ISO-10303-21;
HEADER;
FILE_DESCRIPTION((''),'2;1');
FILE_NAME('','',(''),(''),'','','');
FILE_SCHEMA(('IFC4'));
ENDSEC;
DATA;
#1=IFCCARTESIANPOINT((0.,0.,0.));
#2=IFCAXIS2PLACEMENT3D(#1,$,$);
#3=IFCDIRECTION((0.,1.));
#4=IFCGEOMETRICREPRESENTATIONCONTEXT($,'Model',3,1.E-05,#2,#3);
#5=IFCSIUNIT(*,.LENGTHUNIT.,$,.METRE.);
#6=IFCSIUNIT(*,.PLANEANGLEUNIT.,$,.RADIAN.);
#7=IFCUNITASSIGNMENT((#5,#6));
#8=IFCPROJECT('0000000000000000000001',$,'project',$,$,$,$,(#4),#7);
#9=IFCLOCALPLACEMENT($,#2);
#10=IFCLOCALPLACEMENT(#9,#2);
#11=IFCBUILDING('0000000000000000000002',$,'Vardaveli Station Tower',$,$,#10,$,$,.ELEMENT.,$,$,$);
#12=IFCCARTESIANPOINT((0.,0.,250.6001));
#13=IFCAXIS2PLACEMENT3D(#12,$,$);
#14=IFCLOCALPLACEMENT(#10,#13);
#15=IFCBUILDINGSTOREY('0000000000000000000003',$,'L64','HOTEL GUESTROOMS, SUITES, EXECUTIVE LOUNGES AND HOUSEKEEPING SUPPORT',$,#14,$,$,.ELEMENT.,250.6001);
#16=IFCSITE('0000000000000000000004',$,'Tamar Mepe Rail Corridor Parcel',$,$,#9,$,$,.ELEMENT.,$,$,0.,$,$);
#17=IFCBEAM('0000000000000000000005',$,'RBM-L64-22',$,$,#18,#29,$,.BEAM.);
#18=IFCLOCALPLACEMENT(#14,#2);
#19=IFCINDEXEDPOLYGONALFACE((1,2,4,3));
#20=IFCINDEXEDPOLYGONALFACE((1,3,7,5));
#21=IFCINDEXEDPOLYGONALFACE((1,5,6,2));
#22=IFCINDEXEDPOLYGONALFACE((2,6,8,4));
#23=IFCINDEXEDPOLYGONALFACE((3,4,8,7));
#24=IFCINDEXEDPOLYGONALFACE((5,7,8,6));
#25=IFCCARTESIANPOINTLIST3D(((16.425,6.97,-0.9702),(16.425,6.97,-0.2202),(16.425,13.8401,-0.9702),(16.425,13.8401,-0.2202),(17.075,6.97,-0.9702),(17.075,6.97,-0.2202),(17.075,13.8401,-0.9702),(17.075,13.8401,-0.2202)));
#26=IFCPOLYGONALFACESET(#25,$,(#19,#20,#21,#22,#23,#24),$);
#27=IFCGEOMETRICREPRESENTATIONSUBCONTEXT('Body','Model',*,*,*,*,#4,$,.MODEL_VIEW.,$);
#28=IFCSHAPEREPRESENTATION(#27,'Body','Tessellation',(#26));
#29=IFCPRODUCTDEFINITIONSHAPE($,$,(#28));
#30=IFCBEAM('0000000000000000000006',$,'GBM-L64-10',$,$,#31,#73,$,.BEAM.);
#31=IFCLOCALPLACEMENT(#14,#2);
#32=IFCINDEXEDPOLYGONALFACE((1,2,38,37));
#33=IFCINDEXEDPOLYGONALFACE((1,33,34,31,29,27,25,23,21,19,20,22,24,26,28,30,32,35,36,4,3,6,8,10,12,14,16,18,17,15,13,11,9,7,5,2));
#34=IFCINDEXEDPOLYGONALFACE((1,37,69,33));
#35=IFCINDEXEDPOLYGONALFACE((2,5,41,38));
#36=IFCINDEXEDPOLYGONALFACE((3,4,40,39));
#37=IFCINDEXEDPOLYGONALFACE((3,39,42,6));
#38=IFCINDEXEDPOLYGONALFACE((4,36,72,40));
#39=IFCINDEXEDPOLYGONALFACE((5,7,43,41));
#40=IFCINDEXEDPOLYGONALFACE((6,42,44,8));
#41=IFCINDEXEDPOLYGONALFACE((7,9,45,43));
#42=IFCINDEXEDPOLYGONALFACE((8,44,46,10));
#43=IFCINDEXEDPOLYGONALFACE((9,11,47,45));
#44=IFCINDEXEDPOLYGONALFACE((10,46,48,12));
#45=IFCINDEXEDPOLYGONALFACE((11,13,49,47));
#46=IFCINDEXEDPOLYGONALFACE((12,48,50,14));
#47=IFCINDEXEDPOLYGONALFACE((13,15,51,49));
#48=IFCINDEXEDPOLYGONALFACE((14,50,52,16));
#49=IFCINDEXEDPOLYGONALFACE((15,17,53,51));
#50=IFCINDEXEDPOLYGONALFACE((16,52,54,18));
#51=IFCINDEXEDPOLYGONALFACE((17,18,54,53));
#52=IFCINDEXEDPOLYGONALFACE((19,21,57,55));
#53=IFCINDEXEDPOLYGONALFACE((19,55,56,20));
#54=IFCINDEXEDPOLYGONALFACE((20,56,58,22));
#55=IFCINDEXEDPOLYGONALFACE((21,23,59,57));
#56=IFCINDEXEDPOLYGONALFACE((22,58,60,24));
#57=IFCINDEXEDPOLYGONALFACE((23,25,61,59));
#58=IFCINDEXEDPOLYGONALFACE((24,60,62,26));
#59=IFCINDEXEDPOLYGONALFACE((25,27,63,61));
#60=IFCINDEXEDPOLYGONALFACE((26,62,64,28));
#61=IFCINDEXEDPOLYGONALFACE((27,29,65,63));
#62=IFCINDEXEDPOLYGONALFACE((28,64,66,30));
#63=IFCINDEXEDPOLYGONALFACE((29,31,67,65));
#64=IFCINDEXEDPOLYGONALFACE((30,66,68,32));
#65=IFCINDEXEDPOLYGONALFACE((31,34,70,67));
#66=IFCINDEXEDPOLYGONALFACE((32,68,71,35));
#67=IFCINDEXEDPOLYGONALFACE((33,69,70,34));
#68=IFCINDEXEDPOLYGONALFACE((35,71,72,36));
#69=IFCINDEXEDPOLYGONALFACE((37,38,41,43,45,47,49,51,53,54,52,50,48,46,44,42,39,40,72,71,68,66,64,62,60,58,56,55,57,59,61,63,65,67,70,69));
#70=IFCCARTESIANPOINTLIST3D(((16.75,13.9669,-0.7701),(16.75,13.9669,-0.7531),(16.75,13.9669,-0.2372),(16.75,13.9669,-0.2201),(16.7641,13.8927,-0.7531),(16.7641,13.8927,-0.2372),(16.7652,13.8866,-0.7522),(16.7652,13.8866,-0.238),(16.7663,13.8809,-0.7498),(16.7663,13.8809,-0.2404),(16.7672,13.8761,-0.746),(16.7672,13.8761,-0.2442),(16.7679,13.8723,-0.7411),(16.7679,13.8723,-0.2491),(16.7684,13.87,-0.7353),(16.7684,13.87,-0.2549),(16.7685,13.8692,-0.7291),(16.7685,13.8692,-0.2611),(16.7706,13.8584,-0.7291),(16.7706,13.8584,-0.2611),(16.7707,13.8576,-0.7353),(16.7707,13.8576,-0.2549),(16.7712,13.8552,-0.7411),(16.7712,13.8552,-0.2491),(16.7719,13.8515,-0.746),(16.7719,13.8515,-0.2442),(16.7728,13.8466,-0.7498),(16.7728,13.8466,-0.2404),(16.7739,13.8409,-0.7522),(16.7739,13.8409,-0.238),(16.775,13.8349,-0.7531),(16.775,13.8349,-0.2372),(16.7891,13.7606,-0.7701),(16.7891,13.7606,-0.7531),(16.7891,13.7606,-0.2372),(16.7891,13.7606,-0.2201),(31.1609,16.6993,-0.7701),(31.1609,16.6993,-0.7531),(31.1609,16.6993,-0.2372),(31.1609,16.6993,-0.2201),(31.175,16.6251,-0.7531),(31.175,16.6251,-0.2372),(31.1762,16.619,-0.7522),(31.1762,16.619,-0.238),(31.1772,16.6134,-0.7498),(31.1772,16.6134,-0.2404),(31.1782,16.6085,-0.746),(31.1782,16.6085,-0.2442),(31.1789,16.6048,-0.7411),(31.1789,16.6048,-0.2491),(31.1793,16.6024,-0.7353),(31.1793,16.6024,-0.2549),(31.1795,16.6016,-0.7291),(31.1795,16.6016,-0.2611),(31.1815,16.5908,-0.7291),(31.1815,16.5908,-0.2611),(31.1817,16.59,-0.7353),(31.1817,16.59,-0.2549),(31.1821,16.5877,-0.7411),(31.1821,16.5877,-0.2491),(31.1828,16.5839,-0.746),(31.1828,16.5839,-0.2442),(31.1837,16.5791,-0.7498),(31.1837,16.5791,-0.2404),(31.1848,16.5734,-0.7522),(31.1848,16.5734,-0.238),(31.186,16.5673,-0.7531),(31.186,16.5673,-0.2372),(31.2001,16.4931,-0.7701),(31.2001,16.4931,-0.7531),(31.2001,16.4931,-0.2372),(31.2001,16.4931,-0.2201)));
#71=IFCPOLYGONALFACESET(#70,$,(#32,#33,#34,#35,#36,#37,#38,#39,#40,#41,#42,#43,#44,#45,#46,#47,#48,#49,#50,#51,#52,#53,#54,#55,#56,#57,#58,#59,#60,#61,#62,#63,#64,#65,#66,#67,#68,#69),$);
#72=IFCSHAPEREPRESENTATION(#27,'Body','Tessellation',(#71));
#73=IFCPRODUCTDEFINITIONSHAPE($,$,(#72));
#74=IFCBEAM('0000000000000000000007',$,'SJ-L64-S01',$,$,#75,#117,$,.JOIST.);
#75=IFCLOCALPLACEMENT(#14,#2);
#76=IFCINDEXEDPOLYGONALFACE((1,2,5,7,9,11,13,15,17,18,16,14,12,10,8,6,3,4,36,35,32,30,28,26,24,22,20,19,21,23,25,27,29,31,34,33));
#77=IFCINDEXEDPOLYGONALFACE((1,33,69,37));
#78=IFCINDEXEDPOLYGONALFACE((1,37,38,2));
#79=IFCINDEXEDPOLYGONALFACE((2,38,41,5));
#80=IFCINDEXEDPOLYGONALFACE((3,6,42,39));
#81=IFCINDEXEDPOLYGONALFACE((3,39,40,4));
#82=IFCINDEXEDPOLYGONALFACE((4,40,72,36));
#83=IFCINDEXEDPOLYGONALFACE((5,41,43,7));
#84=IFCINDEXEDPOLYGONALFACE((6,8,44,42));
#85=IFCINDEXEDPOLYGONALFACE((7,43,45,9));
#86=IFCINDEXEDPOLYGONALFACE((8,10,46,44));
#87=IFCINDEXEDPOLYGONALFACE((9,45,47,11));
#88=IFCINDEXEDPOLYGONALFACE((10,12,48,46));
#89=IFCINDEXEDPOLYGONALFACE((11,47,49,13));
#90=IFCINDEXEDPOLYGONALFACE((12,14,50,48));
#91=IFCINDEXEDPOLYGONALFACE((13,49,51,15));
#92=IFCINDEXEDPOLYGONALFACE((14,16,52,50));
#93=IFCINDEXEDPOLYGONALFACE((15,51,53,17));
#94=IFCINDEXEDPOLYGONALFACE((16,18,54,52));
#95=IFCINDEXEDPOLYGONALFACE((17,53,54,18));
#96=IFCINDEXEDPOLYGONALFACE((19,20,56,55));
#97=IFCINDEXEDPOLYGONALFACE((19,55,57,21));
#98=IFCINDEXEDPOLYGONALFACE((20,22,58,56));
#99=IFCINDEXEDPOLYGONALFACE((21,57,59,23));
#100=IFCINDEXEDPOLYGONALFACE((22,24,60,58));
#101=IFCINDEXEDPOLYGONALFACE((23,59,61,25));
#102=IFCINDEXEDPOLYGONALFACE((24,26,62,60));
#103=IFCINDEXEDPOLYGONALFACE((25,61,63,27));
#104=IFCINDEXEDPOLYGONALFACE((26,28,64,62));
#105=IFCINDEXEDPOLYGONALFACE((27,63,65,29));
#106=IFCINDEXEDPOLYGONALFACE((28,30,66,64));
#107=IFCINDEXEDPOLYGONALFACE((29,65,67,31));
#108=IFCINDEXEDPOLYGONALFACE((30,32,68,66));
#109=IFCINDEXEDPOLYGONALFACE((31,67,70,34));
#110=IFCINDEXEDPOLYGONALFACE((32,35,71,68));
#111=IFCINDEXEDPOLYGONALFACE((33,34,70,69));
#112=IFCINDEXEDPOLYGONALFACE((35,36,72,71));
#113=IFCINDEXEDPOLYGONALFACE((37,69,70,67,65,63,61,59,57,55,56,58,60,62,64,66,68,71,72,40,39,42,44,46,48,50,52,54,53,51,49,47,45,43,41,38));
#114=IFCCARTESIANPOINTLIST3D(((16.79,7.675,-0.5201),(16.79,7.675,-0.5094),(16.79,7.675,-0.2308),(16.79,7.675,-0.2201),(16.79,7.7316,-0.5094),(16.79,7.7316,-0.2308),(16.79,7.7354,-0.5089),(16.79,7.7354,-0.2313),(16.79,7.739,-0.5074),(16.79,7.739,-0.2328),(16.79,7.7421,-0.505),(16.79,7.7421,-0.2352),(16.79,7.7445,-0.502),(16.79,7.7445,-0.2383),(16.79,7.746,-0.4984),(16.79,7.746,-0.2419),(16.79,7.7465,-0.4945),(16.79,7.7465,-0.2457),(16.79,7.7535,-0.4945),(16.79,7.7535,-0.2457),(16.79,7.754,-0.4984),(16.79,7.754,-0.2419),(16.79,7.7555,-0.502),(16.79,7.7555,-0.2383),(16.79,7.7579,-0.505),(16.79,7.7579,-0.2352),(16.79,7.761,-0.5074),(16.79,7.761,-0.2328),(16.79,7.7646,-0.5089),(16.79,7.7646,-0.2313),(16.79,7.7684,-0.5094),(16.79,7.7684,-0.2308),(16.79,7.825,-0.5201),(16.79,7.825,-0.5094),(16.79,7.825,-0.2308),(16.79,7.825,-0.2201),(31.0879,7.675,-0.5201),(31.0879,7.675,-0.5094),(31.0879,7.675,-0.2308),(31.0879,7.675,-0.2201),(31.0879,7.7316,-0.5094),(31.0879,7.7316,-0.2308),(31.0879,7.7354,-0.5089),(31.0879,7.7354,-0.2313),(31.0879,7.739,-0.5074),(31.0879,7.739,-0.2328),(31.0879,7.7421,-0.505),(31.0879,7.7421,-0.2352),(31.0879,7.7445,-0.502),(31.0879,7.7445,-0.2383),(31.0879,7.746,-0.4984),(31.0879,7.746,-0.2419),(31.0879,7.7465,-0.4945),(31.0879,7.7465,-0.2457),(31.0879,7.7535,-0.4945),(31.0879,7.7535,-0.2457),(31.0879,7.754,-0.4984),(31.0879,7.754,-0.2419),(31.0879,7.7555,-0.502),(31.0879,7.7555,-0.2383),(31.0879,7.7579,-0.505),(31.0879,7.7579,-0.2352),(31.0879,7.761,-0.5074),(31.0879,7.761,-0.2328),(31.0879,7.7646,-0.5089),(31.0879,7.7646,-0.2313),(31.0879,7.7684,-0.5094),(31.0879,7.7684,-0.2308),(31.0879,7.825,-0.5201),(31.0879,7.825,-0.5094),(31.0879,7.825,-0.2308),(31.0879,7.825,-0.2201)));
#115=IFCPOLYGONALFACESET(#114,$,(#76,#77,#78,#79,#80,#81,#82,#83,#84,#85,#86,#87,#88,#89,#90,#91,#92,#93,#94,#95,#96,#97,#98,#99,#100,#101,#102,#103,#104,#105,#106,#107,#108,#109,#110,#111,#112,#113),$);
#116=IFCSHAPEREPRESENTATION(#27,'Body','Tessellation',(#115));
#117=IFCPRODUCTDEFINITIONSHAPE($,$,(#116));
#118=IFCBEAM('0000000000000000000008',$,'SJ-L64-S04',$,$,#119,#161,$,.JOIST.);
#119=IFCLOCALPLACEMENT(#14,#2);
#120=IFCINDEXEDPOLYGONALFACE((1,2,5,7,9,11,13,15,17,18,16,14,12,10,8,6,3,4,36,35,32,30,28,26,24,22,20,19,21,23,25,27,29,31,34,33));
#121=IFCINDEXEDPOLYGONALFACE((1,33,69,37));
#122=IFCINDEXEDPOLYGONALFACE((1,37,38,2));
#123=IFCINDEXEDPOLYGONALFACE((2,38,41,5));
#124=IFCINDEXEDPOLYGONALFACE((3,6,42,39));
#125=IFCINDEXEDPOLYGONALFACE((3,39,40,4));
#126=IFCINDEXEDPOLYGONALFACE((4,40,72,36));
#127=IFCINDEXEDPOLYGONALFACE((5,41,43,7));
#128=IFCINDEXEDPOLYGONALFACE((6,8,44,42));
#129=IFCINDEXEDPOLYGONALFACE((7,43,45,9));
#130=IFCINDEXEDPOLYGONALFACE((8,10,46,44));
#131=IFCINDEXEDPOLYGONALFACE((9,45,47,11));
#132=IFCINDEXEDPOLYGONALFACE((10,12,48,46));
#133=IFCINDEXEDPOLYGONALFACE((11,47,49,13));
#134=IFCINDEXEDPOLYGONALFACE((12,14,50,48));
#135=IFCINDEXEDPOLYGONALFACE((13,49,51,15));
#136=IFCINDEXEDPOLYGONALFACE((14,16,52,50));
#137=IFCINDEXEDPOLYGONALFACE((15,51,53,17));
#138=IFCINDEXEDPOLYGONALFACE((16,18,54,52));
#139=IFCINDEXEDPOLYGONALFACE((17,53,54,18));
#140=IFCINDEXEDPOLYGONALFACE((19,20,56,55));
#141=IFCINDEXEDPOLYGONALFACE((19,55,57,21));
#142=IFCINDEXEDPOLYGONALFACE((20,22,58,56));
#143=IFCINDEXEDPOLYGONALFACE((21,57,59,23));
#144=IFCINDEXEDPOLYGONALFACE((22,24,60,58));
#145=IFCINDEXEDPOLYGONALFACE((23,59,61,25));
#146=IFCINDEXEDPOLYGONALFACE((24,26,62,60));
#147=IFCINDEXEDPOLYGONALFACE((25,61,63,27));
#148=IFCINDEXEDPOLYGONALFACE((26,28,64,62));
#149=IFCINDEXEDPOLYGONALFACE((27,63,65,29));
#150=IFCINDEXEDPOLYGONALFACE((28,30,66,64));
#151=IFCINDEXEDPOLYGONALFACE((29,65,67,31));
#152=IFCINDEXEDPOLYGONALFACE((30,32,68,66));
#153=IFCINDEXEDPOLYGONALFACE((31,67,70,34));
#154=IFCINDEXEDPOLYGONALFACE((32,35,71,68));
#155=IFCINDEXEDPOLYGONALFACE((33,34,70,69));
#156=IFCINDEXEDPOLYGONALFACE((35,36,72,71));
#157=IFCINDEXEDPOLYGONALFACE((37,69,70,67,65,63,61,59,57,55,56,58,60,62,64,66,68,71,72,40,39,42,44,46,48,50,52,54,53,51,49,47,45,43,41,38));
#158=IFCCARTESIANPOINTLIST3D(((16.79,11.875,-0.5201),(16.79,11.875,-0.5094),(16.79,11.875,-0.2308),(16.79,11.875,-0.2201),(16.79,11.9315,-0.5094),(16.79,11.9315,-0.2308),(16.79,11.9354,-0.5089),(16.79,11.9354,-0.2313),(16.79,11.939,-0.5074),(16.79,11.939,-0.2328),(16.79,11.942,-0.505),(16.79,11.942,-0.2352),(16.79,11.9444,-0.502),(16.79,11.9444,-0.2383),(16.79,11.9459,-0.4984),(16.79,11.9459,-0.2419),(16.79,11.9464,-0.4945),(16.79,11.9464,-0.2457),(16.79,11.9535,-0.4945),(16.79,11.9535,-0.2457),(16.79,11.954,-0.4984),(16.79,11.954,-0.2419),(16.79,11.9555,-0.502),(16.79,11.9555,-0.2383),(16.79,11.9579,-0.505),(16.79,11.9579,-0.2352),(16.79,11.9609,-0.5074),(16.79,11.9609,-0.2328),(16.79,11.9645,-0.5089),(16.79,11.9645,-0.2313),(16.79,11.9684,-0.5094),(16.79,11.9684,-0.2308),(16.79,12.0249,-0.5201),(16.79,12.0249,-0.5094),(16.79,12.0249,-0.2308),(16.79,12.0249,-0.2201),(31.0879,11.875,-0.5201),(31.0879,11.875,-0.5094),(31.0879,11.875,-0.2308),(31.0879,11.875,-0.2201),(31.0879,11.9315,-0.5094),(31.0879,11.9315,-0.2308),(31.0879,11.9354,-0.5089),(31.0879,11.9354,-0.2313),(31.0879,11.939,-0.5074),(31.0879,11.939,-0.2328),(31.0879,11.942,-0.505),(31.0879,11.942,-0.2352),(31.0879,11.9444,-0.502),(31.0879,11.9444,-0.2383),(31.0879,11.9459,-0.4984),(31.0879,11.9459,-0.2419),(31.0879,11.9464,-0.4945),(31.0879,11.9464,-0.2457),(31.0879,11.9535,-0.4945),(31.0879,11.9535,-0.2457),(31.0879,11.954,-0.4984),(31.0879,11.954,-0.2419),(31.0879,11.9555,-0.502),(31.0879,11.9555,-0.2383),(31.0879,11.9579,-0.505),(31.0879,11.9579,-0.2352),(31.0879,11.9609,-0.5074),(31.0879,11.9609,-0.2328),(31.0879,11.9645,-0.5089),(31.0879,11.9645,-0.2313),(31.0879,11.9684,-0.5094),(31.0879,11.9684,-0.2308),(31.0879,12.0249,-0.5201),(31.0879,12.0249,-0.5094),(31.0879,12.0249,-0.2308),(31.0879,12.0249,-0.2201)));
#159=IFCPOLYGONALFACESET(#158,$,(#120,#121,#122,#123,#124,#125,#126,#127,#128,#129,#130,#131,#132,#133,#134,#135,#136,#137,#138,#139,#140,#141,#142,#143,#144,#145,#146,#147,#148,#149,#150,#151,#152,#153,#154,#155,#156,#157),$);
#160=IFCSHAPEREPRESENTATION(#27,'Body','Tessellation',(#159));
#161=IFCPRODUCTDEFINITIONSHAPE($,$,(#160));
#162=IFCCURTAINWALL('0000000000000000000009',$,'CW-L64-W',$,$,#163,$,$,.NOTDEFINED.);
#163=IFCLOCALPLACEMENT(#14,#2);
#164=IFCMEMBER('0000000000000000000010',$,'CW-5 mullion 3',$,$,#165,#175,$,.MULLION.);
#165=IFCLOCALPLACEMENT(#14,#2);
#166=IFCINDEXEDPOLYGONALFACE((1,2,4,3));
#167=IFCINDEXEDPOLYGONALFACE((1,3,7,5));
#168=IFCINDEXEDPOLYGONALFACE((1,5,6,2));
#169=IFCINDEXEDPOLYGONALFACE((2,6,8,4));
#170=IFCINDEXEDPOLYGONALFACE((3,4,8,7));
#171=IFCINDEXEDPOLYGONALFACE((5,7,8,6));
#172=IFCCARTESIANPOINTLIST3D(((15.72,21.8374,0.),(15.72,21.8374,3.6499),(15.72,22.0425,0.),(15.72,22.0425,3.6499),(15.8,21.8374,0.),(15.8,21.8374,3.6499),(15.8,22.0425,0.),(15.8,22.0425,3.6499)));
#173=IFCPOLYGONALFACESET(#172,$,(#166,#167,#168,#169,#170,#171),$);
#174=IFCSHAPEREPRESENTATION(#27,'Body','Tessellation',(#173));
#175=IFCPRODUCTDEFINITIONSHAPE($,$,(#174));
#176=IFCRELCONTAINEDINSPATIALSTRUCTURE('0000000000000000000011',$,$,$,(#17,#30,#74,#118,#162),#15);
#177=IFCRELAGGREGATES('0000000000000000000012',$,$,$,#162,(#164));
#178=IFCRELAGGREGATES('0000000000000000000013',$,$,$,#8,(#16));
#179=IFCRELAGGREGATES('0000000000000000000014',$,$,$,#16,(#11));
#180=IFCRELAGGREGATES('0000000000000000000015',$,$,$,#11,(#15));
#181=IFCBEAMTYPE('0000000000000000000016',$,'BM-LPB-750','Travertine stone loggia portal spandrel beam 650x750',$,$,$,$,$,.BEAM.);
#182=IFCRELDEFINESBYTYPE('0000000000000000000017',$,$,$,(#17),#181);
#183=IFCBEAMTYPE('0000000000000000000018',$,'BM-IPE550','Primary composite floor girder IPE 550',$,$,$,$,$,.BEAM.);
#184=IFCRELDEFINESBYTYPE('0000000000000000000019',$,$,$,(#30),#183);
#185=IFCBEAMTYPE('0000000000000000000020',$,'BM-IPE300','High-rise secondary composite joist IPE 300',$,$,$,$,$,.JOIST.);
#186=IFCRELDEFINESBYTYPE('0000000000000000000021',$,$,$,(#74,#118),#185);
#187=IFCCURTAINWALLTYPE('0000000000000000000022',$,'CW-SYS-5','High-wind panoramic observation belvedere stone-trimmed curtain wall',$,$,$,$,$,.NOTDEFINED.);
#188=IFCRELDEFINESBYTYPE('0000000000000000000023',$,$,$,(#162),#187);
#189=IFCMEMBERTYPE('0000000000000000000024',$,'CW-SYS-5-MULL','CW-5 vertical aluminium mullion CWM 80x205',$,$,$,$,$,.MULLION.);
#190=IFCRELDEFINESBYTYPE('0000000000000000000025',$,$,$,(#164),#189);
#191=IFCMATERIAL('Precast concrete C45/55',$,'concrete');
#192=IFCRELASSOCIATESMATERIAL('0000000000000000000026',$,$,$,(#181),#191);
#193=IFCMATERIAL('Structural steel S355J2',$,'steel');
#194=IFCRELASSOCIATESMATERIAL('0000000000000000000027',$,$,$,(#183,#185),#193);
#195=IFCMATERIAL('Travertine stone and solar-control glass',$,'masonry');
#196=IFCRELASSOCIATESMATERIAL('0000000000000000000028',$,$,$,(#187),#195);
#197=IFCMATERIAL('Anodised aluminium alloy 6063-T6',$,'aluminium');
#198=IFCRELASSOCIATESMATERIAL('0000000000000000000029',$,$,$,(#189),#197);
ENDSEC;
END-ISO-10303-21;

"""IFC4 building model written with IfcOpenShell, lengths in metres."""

from ifc_helpers import new_model, si_unit, direction, frame, origin, origin_2d, place, context, subcontext, project, spatial, rectangle, i_section, extrude, source, transform, mapped, material, material_profile, profile_set, type_object, element, aggregate, save


model = new_model("IFC4")

# Units and contexts
model_context = context("Model", 3, precision=1e-05, world=origin(), true_north=direction((0.0, 1.0)))
body_context = subcontext(model_context, "Body", "Model", "MODEL_VIEW")
ifc_project = project(units=[si_unit("LENGTHUNIT", "METRE"), si_unit("PLANEANGLEUNIT", "RADIAN")], contexts=[model_context])

# Site, building, storey
site_placement = place(None, origin())
site = spatial("IfcSite", under=ifc_project, at=site_placement, Name="Tamar Mepe Rail Corridor Parcel", CompositionType="ELEMENT", RefElevation=0.0)
building_placement = place(site_placement, origin())
building = spatial("IfcBuilding", under=site, at=building_placement, Name="Vardaveli Station Tower", CompositionType="ELEMENT")
storey_placement = place(building_placement, frame((0.0, 0.0, 250.6001)))
storey = spatial("IfcBuildingStorey", under=building, at=storey_placement, Name="L64", Description="HOTEL GUESTROOMS, SUITES, EXECUTIVE LOUNGES AND HOUSEKEEPING SUPPORT", CompositionType="ELEMENT", Elevation=250.6001)

# Beams
ifc_material_1 = material(Name="Precast concrete C45/55", Category="concrete")
ifc_material_profile_1 = material_profile(ifc_material_1, rectangle(XDim=0.6499, YDim=0.75, at=origin_2d()), Name="LPB 650x750")
ifc_profile_set_1 = profile_set([ifc_material_profile_1], Name="Precast concrete C45/55")
beam_type_1 = type_object("IfcBeamType", Name="BM-LPB-750", Description="Travertine stone loggia portal spandrel beam 650x750", PredefinedType="BEAM", material=ifc_profile_set_1)
shared_shape_1 = source(origin(), body_context, "Body", "SweptSolid", [
    extrude(rectangle(XDim=0.6499, YDim=0.75, at=origin_2d()), origin(), (0.0, 0.0, 1.0), 6.8701),
])
beam_1_placement = place(storey_placement, frame((16.75, 13.8401, -0.5952), z_axis=(0.0, -1.0, 0.0), x_axis=(1.0, 0.0, 0.0)))
element("IfcBeam", 1, at=beam_1_placement, inside=storey, type_object=beam_type_1, Name="RBM-L64-22", PredefinedType="BEAM", context=body_context, shape_type="MappedRepresentation", body=[
    mapped(shared_shape_1, transform((0.0, 0.0, 0.0), scale=1.0)),
])
ifc_material_2 = material(Name="Structural steel S355J2", Category="steel")
ifc_material_profile_2 = material_profile(ifc_material_2, i_section(OverallWidth=0.21, OverallDepth=0.55, WebThickness=0.011, FlangeThickness=0.0171, FilletRadius=0.0239, at=origin_2d()), Name="IPE 550")
ifc_profile_set_2 = profile_set([ifc_material_profile_2], Name="Structural steel S355J2")
beam_type_2 = type_object("IfcBeamType", Name="BM-IPE550", Description="Primary composite floor girder IPE 550", PredefinedType="BEAM", material=ifc_profile_set_2)
shared_shape_2 = source(origin(), body_context, "Body", "SweptSolid", [
    extrude(i_section(OverallWidth=0.21, OverallDepth=0.55, WebThickness=0.011, FlangeThickness=0.0171, FilletRadius=0.0239, at=origin_2d()), origin(), (0.0, 0.0, 1.0), 14.6677),
])
beam_2_placement = place(storey_placement, frame((16.7695, 13.8638, -0.4951), z_axis=(0.982495, 0.186289, 0.0), x_axis=(-0.186289, 0.982495, 0.0)))
element("IfcBeam", 2, at=beam_2_placement, inside=storey, type_object=beam_type_2, Name="GBM-L64-10", PredefinedType="BEAM", context=body_context, shape_type="MappedRepresentation", body=[
    mapped(shared_shape_2, transform((0.0, 0.0, 0.0), scale=1.0)),
])
ifc_material_profile_3 = material_profile(ifc_material_2, i_section(OverallWidth=0.1499, OverallDepth=0.3, WebThickness=0.0071, FlangeThickness=0.0107, FilletRadius=0.0149, at=origin_2d()), Name="IPE 300")
ifc_profile_set_3 = profile_set([ifc_material_profile_3], Name="Structural steel S355J2")
beam_type_3 = type_object("IfcBeamType", Name="BM-IPE300", Description="High-rise secondary composite joist IPE 300", PredefinedType="JOIST", material=ifc_profile_set_3)
shared_shape_3 = source(origin(), body_context, "Body", "SweptSolid", [
    extrude(i_section(OverallWidth=0.1499, OverallDepth=0.3, WebThickness=0.0071, FlangeThickness=0.0107, FilletRadius=0.0149, at=origin_2d()), origin(), (0.0, 0.0, 1.0), 14.2979),
])
for number, where, z_axis, x_axis, name in (
    (3, (16.79, 7.75, -0.3701), (1.0, 0.0, 0.0), (0.0, 1.0, 0.0), "SJ-L64-S01"),
    (4, (16.79, 11.95, -0.3701), (1.0, 0.0, 0.0), (0.0, 1.0, 0.0), "SJ-L64-S04"),
):
    element("IfcBeam", number, at=place(storey_placement, frame(where, z_axis=z_axis, x_axis=x_axis)), inside=storey, type_object=beam_type_3, Name=name, PredefinedType="JOIST", context=body_context, shape_type="MappedRepresentation", body=[
        mapped(shared_shape_3, transform((0.0, 0.0, 0.0), scale=1.0)),
    ])

# Curtain wall, member
ifc_material_3 = material(Name="Travertine stone and solar-control glass", Category="masonry")
curtain_wall_type = type_object("IfcCurtainWallType", Name="CW-SYS-5", Description="High-wind panoramic observation belvedere stone-trimmed curtain wall", PredefinedType="NOTDEFINED", material=ifc_material_3)
curtain_wall_placement = place(storey_placement, origin())
curtain_wall = element("IfcCurtainWall", 5, at=curtain_wall_placement, inside=storey, type_object=curtain_wall_type, Name="CW-L64-W", PredefinedType="NOTDEFINED")
ifc_material_4 = material(Name="Anodised aluminium alloy 6063-T6", Category="aluminium")
ifc_material_profile_4 = material_profile(ifc_material_4, rectangle(XDim=0.0801, YDim=0.2051, at=origin_2d()), Name="CWM 80x205")
ifc_profile_set_4 = profile_set([ifc_material_profile_4], Name="Anodised aluminium alloy 6063-T6")
member_type = type_object("IfcMemberType", Name="CW-SYS-5-MULL", Description="CW-5 vertical aluminium mullion CWM 80x205", PredefinedType="MULLION", material=ifc_profile_set_4)
shared_shape_4 = source(origin(), body_context, "Body", "SweptSolid", [
    extrude(rectangle(XDim=0.0801, YDim=0.2051, at=origin_2d()), origin(), (0.0, 0.0, 1.0), 3.6499),
])
member_placement = place(storey_placement, frame((15.76, 21.9399, 0.0), z_axis=(0.0, 0.0, 1.0), x_axis=(1.0, 0.0, 0.0)))
member = element("IfcMember", 6, at=member_placement, type_object=member_type, Name="CW-5 mullion 3", PredefinedType="MULLION", context=body_context, shape_type="MappedRepresentation", body=[
    mapped(shared_shape_4, transform((0.0, 0.0, 0.0), scale=1.0)),
])
aggregate(curtain_wall, [member])

save(model, "model.ifc")
